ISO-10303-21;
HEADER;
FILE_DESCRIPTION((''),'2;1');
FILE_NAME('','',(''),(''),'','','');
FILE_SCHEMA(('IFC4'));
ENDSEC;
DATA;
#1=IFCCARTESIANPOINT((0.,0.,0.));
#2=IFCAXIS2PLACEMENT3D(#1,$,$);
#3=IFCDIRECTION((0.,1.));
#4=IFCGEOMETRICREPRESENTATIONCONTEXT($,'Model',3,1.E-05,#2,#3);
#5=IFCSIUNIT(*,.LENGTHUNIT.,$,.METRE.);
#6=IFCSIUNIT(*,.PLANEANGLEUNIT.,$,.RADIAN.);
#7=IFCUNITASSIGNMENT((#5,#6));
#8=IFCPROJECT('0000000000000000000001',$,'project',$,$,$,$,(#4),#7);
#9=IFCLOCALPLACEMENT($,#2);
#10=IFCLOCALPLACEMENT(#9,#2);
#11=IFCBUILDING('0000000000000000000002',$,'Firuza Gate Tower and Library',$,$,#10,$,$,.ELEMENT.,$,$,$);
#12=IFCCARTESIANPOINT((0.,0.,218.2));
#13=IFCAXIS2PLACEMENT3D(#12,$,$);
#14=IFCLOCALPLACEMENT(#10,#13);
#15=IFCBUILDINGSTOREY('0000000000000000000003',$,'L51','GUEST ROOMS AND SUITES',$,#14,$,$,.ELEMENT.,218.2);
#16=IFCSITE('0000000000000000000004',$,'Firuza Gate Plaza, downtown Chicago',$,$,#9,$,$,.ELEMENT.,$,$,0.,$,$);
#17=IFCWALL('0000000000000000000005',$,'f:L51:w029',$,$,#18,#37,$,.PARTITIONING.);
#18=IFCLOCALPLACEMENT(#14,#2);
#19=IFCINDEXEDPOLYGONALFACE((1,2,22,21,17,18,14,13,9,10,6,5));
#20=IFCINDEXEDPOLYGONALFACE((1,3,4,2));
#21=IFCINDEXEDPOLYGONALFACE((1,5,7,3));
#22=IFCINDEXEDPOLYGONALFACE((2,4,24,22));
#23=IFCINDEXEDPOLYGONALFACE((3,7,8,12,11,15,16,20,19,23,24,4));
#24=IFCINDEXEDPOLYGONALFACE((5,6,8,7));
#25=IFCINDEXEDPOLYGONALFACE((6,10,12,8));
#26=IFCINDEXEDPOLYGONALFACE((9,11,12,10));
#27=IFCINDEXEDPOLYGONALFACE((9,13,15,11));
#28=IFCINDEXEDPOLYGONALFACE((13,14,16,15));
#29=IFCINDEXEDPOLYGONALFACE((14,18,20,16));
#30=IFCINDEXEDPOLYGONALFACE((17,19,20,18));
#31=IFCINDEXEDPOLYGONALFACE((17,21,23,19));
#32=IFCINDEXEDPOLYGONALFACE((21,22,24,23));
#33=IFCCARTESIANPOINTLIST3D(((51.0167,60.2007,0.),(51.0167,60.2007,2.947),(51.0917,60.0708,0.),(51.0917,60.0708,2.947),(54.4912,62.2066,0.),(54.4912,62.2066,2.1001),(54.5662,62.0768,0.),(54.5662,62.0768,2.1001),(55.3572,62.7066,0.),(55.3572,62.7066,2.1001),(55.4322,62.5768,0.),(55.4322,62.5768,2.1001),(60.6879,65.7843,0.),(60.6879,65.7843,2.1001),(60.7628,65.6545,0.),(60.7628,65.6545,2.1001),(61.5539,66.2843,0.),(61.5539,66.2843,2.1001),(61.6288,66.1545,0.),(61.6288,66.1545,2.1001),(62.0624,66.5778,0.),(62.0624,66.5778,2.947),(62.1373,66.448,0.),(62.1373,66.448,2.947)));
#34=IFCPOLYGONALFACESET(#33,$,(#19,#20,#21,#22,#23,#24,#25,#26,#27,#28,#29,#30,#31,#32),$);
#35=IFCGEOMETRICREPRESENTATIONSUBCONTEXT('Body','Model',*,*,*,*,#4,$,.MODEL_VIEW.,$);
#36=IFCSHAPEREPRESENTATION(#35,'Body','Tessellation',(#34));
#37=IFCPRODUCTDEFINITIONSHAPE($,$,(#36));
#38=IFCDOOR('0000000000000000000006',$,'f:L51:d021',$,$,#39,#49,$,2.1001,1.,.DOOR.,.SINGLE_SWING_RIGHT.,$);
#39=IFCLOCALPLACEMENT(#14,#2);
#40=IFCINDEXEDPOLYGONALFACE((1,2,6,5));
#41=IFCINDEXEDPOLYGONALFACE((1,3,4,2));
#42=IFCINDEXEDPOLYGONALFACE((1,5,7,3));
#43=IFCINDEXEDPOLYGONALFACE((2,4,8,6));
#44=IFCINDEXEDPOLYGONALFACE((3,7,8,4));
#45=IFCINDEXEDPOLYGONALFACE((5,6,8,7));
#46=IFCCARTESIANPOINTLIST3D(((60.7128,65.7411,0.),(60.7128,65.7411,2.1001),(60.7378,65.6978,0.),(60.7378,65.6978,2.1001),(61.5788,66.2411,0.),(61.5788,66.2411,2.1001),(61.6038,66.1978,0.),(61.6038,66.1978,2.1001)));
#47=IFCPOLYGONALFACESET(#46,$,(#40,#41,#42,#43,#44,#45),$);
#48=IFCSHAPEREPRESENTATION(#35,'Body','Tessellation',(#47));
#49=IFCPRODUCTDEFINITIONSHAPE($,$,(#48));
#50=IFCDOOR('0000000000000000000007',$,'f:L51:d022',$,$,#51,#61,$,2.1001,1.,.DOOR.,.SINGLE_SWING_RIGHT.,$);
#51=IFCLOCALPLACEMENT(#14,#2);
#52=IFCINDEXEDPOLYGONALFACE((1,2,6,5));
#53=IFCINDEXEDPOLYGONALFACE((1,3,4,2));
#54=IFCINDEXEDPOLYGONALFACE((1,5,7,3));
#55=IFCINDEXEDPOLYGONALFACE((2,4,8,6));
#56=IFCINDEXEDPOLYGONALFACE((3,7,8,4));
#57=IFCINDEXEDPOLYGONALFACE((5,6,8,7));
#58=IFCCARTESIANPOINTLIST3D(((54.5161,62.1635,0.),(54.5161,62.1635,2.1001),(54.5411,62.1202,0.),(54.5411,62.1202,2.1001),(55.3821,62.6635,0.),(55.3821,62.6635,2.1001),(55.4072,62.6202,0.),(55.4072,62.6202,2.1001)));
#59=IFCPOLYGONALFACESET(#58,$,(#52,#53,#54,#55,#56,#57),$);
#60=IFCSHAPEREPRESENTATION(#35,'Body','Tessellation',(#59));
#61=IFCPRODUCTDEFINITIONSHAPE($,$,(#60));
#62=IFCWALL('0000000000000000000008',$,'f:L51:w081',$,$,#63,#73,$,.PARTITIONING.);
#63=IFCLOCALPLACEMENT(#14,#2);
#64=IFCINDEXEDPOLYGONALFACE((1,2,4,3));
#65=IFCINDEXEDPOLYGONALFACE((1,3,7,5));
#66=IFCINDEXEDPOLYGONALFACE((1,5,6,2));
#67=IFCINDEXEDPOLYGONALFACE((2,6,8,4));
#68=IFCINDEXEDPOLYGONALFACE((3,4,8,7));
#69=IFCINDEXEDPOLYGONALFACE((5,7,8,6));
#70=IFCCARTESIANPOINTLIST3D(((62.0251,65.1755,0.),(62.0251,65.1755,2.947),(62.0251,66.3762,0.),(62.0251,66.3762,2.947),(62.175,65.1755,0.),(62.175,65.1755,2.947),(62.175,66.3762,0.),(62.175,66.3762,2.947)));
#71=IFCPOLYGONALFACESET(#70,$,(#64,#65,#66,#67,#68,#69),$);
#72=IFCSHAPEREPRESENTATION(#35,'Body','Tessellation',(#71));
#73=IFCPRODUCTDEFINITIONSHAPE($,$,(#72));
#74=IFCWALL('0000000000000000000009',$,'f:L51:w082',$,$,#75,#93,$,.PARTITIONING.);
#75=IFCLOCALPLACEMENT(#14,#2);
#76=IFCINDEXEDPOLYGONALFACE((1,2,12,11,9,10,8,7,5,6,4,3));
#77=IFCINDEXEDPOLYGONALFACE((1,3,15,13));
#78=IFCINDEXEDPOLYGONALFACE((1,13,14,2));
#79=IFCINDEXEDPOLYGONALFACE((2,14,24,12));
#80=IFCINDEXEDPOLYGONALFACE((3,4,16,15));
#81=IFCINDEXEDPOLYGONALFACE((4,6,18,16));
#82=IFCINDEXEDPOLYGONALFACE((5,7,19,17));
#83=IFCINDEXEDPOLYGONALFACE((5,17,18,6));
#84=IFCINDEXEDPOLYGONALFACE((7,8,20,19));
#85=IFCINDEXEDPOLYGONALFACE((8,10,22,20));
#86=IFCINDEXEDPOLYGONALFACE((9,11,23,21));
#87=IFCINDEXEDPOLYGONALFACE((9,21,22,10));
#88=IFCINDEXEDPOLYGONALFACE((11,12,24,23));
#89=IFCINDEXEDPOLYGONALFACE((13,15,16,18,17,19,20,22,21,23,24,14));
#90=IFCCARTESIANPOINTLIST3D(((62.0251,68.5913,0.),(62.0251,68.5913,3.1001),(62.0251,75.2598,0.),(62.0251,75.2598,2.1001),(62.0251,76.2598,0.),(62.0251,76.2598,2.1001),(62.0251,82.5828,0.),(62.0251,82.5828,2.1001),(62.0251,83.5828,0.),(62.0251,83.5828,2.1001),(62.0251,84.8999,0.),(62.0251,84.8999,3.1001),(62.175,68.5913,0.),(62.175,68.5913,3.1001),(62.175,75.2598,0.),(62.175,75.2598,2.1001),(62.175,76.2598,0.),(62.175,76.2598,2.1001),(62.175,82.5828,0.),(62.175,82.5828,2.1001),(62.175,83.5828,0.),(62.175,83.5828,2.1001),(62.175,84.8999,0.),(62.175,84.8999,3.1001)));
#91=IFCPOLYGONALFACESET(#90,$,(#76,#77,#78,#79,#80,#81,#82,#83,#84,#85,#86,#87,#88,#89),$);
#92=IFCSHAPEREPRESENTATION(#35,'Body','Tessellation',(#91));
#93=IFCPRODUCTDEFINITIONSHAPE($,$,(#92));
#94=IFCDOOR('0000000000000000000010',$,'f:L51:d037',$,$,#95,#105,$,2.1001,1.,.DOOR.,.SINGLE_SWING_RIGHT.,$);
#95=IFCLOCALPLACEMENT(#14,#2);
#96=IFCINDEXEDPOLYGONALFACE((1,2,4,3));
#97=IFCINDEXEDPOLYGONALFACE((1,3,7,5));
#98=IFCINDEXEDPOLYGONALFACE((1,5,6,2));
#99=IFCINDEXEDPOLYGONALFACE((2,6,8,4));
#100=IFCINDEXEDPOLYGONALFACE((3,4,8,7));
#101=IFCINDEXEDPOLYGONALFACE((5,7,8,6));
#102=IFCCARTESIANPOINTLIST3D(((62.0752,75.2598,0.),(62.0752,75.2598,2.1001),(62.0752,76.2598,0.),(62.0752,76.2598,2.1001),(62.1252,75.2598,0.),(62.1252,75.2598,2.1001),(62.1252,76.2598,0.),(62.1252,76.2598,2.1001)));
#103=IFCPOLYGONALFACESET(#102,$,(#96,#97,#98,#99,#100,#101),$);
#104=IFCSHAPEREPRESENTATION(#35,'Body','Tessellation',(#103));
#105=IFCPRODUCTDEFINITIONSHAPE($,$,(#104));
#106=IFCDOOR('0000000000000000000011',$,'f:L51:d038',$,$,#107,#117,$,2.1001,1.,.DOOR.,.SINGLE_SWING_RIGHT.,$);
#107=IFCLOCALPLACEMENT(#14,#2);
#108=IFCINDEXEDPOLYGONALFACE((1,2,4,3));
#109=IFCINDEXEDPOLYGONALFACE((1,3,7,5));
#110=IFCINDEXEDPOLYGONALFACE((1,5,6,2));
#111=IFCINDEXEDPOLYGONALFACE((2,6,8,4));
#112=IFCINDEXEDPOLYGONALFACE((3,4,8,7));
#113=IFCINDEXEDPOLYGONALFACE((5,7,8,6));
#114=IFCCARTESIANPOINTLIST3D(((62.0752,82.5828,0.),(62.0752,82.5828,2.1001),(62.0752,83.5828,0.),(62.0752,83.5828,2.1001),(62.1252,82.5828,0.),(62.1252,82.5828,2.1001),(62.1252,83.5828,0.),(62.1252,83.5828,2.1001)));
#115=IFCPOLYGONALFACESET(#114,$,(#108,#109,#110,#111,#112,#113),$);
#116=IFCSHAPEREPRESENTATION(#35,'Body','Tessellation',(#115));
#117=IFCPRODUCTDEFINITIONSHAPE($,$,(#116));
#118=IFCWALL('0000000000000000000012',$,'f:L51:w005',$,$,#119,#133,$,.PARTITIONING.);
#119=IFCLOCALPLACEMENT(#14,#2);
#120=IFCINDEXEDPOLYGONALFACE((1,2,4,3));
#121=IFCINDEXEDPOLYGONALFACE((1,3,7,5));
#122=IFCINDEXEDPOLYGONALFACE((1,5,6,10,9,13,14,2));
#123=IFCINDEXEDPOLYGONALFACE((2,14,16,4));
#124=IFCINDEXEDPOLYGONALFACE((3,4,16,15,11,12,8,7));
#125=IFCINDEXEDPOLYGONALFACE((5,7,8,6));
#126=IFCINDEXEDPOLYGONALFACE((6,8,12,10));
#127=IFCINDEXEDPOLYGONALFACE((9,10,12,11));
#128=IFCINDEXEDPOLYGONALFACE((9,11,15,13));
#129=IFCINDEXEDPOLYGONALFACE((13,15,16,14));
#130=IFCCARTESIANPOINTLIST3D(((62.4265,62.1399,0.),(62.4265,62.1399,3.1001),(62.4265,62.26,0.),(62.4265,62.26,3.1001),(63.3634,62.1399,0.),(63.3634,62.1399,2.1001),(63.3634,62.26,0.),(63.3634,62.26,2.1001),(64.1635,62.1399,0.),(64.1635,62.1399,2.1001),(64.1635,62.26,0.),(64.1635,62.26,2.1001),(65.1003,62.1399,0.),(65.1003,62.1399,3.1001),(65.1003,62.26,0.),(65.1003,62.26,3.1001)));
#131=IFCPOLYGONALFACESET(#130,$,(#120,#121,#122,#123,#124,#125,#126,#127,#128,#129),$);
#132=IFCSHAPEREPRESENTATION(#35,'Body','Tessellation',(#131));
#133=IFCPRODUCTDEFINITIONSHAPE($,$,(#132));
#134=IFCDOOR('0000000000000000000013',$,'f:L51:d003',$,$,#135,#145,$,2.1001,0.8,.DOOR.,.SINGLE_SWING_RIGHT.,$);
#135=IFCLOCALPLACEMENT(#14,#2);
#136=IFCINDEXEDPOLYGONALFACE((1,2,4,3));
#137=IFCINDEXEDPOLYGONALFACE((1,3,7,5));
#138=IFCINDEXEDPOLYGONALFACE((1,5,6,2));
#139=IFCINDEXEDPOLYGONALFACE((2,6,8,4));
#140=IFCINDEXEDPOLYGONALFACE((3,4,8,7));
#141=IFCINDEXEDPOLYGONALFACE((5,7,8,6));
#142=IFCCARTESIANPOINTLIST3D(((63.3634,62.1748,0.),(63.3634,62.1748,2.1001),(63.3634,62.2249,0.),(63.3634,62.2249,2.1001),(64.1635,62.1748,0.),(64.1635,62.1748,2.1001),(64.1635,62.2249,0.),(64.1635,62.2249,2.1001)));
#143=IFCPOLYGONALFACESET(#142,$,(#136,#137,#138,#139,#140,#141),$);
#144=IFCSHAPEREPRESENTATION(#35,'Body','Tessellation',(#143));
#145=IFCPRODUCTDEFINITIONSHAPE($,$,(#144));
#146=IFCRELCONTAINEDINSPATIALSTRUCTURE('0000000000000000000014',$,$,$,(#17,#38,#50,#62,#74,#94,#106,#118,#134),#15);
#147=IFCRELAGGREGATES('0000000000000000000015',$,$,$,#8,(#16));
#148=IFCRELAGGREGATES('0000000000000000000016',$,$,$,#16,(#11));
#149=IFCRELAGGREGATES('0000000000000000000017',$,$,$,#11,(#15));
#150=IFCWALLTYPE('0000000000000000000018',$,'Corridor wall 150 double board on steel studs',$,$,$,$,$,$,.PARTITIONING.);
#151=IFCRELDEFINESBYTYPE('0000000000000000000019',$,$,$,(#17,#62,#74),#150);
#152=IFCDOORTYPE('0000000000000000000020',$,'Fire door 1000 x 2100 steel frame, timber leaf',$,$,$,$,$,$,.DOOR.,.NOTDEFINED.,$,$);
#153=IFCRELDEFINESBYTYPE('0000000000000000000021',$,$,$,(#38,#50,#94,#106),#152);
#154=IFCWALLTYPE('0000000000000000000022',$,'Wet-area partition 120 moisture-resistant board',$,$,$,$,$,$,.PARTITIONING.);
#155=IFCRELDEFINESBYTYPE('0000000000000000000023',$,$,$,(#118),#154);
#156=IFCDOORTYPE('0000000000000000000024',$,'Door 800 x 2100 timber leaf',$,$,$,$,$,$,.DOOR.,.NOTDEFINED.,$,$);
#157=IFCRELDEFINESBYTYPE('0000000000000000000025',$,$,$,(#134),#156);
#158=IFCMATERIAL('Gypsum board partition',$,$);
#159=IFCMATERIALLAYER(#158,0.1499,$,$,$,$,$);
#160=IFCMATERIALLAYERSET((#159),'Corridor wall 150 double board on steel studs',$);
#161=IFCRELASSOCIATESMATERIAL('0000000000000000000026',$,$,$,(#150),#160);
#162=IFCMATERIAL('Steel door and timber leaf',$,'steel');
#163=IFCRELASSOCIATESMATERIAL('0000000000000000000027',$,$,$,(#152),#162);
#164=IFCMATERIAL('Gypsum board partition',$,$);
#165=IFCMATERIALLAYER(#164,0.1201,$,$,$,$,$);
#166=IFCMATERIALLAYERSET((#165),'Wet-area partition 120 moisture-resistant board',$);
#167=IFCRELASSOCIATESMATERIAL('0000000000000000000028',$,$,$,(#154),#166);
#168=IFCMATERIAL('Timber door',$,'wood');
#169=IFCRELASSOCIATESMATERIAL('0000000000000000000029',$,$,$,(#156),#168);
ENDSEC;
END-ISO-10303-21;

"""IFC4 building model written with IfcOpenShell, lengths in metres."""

from ifc_helpers import new_model, si_unit, direction, frame, frame_2d, origin, place, context, subcontext, project, spatial, rectangle, extrude, material, layer, layer_set, type_object, element, fill, save


model = new_model("IFC4")

# Units and contexts
model_context = context("Model", 3, precision=1e-05, world=origin(), true_north=direction((0.0, 1.0)))
body_context = subcontext(model_context, "Body", "Model", "MODEL_VIEW")
ifc_project = project(units=[si_unit("LENGTHUNIT", "METRE"), si_unit("PLANEANGLEUNIT", "RADIAN")], contexts=[model_context])

# Site, building, storey
site_placement = place(None, origin())
site = spatial("IfcSite", under=ifc_project, at=site_placement, Name="Firuza Gate Plaza, downtown Chicago", CompositionType="ELEMENT", RefElevation=0.0)
building_placement = place(site_placement, origin())
building = spatial("IfcBuilding", under=site, at=building_placement, Name="Firuza Gate Tower and Library", CompositionType="ELEMENT")
storey_placement = place(building_placement, frame((0.0, 0.0, 218.2)))
storey = spatial("IfcBuildingStorey", under=building, at=storey_placement, Name="L51", Description="GUEST ROOMS AND SUITES", CompositionType="ELEMENT", Elevation=218.2)

# Wall, openings, doors
ifc_material_1 = material(Name="Gypsum board partition")
ifc_layer_1 = layer(ifc_material_1, 0.1499)
ifc_layer_set_1 = layer_set([ifc_layer_1], Name="Corridor wall 150 double board on steel studs")
wall_type_1 = type_object("IfcWallType", Name="Corridor wall 150 double board on steel studs", PredefinedType="PARTITIONING", material=ifc_layer_set_1)
wall_1_placement = place(storey_placement, frame((62.0999, 66.5129, 0.0), z_axis=(0.0, 0.0, 1.0), x_axis=(-0.866026, -0.499999, 0.0)))
wall_1 = element("IfcWall", 1, at=wall_1_placement, inside=storey, type_object=wall_type_1, Name="f:L51:w029", PredefinedType="PARTITIONING", context=body_context, shape_type="SweptSolid", body=[
    extrude(rectangle(XDim=12.7544, YDim=0.1499, at=frame_2d((6.3772, 0.0))), origin(), (0.0, 0.0, 1.0), 2.947),
])
opening_1_placement = place(wall_1_placement, frame((0.5872, 0.0, 0.0)))
opening_1 = element("IfcOpeningElement", 2, at=opening_1_placement, cuts=wall_1, PredefinedType="OPENING", context=body_context, shape_type="SweptSolid", body=[
    extrude(rectangle(XDim=1.0, YDim=2.1001, at=frame_2d((0.5, 1.05))), frame((0.0, 0.085, 0.0), z_axis=(0.0, -1.0, 0.0), x_axis=(1.0, 0.0, 0.0)), (0.0, 0.0, 1.0), 0.1699),
])
opening_2_placement = place(wall_1_placement, frame((7.7424, 0.0, 0.0)))
opening_2 = element("IfcOpeningElement", 3, at=opening_2_placement, cuts=wall_1, PredefinedType="OPENING", context=body_context, shape_type="SweptSolid", body=[
    extrude(rectangle(XDim=1.0, YDim=2.1001, at=frame_2d((0.5, 1.05))), frame((0.0, 0.085, 0.0), z_axis=(0.0, -1.0, 0.0), x_axis=(1.0, 0.0, 0.0)), (0.0, 0.0, 1.0), 0.1699),
])
ifc_material_2 = material(Name="Steel door and timber leaf", Category="steel")
door_type_1 = type_object("IfcDoorType", Name="Fire door 1000 x 2100 steel frame, timber leaf", OperationType="NOTDEFINED", PredefinedType="DOOR", material=ifc_material_2)
door_1_placement = place(opening_1_placement, origin())
door_1 = element("IfcDoor", 4, at=door_1_placement, inside=storey, type_object=door_type_1, Name="f:L51:d021", OperationType="SINGLE_SWING_RIGHT", OverallHeight=2.1001, OverallWidth=1.0, PredefinedType="DOOR", context=body_context, shape_type="SweptSolid", body=[
    extrude(rectangle(XDim=1.0, YDim=2.1001, at=frame_2d((0.5, 1.05))), frame((0.0, 0.0249, 0.0), z_axis=(0.0, -1.0, 0.0), x_axis=(1.0, 0.0, 0.0)), (0.0, 0.0, 1.0), 0.05),
])
fill(opening_1, door_1)
door_2_placement = place(opening_2_placement, origin())
door_2 = element("IfcDoor", 5, at=door_2_placement, inside=storey, type_object=door_type_1, Name="f:L51:d022", OperationType="SINGLE_SWING_RIGHT", OverallHeight=2.1001, OverallWidth=1.0, PredefinedType="DOOR", context=body_context, shape_type="SweptSolid", body=[
    extrude(rectangle(XDim=1.0, YDim=2.1001, at=frame_2d((0.5, 1.05))), frame((0.0, 0.0249, 0.0), z_axis=(0.0, -1.0, 0.0), x_axis=(1.0, 0.0, 0.0)), (0.0, 0.0, 1.0), 0.05),
])
fill(opening_2, door_2)

# Wall
wall_2_placement = place(storey_placement, frame((62.1001, 65.1755, 0.0), z_axis=(0.0, 0.0, 1.0), x_axis=(0.0, 1.0, 0.0)))
element("IfcWall", 6, at=wall_2_placement, inside=storey, type_object=wall_type_1, Name="f:L51:w081", PredefinedType="PARTITIONING", context=body_context, shape_type="SweptSolid", body=[
    extrude(rectangle(XDim=1.2007, YDim=0.1499, at=frame_2d((0.6003, 0.0))), origin(), (0.0, 0.0, 1.0), 2.947),
])

# Wall, openings, doors
wall_3_placement = place(storey_placement, frame((62.1001, 68.5913, 0.0), z_axis=(0.0, 0.0, 1.0), x_axis=(0.0, 1.0, 0.0)))
wall_3 = element("IfcWall", 7, at=wall_3_placement, inside=storey, type_object=wall_type_1, Name="f:L51:w082", PredefinedType="PARTITIONING", context=body_context, shape_type="SweptSolid", body=[
    extrude(rectangle(XDim=16.3086, YDim=0.1499, at=frame_2d((8.1543, 0.0))), origin(), (0.0, 0.0, 1.0), 3.1001),
])
opening_3_placement = place(wall_3_placement, frame((6.6685, 0.0, 0.0)))
opening_3 = element("IfcOpeningElement", 8, at=opening_3_placement, cuts=wall_3, PredefinedType="OPENING", context=body_context, shape_type="SweptSolid", body=[
    extrude(rectangle(XDim=1.0, YDim=2.1001, at=frame_2d((0.5, 1.05))), frame((0.0, 0.085, 0.0), z_axis=(0.0, -1.0, 0.0), x_axis=(1.0, 0.0, 0.0)), (0.0, 0.0, 1.0), 0.1699),
])
opening_4_placement = place(wall_3_placement, frame((13.9915, 0.0, 0.0)))
opening_4 = element("IfcOpeningElement", 9, at=opening_4_placement, cuts=wall_3, PredefinedType="OPENING", context=body_context, shape_type="SweptSolid", body=[
    extrude(rectangle(XDim=1.0, YDim=2.1001, at=frame_2d((0.5, 1.05))), frame((0.0, 0.085, 0.0), z_axis=(0.0, -1.0, 0.0), x_axis=(1.0, 0.0, 0.0)), (0.0, 0.0, 1.0), 0.1699),
])
door_3_placement = place(opening_3_placement, origin())
door_3 = element("IfcDoor", 10, at=door_3_placement, inside=storey, type_object=door_type_1, Name="f:L51:d037", OperationType="SINGLE_SWING_RIGHT", OverallHeight=2.1001, OverallWidth=1.0, PredefinedType="DOOR", context=body_context, shape_type="SweptSolid", body=[
    extrude(rectangle(XDim=1.0, YDim=2.1001, at=frame_2d((0.5, 1.05))), frame((0.0, 0.0249, 0.0), z_axis=(0.0, -1.0, 0.0), x_axis=(1.0, 0.0, 0.0)), (0.0, 0.0, 1.0), 0.05),
])
fill(opening_3, door_3)
door_4_placement = place(opening_4_placement, origin())
door_4 = element("IfcDoor", 11, at=door_4_placement, inside=storey, type_object=door_type_1, Name="f:L51:d038", OperationType="SINGLE_SWING_RIGHT", OverallHeight=2.1001, OverallWidth=1.0, PredefinedType="DOOR", context=body_context, shape_type="SweptSolid", body=[
    extrude(rectangle(XDim=1.0, YDim=2.1001, at=frame_2d((0.5, 1.05))), frame((0.0, 0.0249, 0.0), z_axis=(0.0, -1.0, 0.0), x_axis=(1.0, 0.0, 0.0)), (0.0, 0.0, 1.0), 0.05),
])
fill(opening_4, door_4)

# Wall, opening, door
ifc_material_3 = material(Name="Gypsum board partition")
ifc_layer_2 = layer(ifc_material_3, 0.1201)
ifc_layer_set_2 = layer_set([ifc_layer_2], Name="Wet-area partition 120 moisture-resistant board")
wall_type_2 = type_object("IfcWallType", Name="Wet-area partition 120 moisture-resistant board", PredefinedType="PARTITIONING", material=ifc_layer_set_2)
wall_4_placement = place(storey_placement, frame((62.4265, 62.2, 0.0), z_axis=(0.0, 0.0, 1.0), x_axis=(1.0, 0.0, 0.0)))
wall_4 = element("IfcWall", 12, at=wall_4_placement, inside=storey, type_object=wall_type_2, Name="f:L51:w005", PredefinedType="PARTITIONING", context=body_context, shape_type="SweptSolid", body=[
    extrude(rectangle(XDim=2.6738, YDim=0.1201, at=frame_2d((1.3369, 0.0))), origin(), (0.0, 0.0, 1.0), 3.1001),
])
opening_5_placement = place(wall_4_placement, frame((0.937, 0.0, 0.0)))
opening_5 = element("IfcOpeningElement", 13, at=opening_5_placement, cuts=wall_4, PredefinedType="OPENING", context=body_context, shape_type="SweptSolid", body=[
    extrude(rectangle(XDim=0.8, YDim=2.1001, at=frame_2d((0.3999, 1.05))), frame((0.0, 0.0701, 0.0), z_axis=(0.0, -1.0, 0.0), x_axis=(1.0, 0.0, 0.0)), (0.0, 0.0, 1.0), 0.1401),
])
ifc_material_4 = material(Name="Timber door", Category="wood")
door_type_2 = type_object("IfcDoorType", Name="Door 800 x 2100 timber leaf", OperationType="NOTDEFINED", PredefinedType="DOOR", material=ifc_material_4)
door_5_placement = place(opening_5_placement, origin())
door_5 = element("IfcDoor", 14, at=door_5_placement, inside=storey, type_object=door_type_2, Name="f:L51:d003", OperationType="SINGLE_SWING_RIGHT", OverallHeight=2.1001, OverallWidth=0.8, PredefinedType="DOOR", context=body_context, shape_type="SweptSolid", body=[
    extrude(rectangle(XDim=0.8, YDim=2.1001, at=frame_2d((0.3999, 1.05))), frame((0.0, 0.0249, 0.0), z_axis=(0.0, -1.0, 0.0), x_axis=(1.0, 0.0, 0.0)), (0.0, 0.0, 1.0), 0.05),
])
fill(opening_5, door_5)

save(model, "model.ifc")
